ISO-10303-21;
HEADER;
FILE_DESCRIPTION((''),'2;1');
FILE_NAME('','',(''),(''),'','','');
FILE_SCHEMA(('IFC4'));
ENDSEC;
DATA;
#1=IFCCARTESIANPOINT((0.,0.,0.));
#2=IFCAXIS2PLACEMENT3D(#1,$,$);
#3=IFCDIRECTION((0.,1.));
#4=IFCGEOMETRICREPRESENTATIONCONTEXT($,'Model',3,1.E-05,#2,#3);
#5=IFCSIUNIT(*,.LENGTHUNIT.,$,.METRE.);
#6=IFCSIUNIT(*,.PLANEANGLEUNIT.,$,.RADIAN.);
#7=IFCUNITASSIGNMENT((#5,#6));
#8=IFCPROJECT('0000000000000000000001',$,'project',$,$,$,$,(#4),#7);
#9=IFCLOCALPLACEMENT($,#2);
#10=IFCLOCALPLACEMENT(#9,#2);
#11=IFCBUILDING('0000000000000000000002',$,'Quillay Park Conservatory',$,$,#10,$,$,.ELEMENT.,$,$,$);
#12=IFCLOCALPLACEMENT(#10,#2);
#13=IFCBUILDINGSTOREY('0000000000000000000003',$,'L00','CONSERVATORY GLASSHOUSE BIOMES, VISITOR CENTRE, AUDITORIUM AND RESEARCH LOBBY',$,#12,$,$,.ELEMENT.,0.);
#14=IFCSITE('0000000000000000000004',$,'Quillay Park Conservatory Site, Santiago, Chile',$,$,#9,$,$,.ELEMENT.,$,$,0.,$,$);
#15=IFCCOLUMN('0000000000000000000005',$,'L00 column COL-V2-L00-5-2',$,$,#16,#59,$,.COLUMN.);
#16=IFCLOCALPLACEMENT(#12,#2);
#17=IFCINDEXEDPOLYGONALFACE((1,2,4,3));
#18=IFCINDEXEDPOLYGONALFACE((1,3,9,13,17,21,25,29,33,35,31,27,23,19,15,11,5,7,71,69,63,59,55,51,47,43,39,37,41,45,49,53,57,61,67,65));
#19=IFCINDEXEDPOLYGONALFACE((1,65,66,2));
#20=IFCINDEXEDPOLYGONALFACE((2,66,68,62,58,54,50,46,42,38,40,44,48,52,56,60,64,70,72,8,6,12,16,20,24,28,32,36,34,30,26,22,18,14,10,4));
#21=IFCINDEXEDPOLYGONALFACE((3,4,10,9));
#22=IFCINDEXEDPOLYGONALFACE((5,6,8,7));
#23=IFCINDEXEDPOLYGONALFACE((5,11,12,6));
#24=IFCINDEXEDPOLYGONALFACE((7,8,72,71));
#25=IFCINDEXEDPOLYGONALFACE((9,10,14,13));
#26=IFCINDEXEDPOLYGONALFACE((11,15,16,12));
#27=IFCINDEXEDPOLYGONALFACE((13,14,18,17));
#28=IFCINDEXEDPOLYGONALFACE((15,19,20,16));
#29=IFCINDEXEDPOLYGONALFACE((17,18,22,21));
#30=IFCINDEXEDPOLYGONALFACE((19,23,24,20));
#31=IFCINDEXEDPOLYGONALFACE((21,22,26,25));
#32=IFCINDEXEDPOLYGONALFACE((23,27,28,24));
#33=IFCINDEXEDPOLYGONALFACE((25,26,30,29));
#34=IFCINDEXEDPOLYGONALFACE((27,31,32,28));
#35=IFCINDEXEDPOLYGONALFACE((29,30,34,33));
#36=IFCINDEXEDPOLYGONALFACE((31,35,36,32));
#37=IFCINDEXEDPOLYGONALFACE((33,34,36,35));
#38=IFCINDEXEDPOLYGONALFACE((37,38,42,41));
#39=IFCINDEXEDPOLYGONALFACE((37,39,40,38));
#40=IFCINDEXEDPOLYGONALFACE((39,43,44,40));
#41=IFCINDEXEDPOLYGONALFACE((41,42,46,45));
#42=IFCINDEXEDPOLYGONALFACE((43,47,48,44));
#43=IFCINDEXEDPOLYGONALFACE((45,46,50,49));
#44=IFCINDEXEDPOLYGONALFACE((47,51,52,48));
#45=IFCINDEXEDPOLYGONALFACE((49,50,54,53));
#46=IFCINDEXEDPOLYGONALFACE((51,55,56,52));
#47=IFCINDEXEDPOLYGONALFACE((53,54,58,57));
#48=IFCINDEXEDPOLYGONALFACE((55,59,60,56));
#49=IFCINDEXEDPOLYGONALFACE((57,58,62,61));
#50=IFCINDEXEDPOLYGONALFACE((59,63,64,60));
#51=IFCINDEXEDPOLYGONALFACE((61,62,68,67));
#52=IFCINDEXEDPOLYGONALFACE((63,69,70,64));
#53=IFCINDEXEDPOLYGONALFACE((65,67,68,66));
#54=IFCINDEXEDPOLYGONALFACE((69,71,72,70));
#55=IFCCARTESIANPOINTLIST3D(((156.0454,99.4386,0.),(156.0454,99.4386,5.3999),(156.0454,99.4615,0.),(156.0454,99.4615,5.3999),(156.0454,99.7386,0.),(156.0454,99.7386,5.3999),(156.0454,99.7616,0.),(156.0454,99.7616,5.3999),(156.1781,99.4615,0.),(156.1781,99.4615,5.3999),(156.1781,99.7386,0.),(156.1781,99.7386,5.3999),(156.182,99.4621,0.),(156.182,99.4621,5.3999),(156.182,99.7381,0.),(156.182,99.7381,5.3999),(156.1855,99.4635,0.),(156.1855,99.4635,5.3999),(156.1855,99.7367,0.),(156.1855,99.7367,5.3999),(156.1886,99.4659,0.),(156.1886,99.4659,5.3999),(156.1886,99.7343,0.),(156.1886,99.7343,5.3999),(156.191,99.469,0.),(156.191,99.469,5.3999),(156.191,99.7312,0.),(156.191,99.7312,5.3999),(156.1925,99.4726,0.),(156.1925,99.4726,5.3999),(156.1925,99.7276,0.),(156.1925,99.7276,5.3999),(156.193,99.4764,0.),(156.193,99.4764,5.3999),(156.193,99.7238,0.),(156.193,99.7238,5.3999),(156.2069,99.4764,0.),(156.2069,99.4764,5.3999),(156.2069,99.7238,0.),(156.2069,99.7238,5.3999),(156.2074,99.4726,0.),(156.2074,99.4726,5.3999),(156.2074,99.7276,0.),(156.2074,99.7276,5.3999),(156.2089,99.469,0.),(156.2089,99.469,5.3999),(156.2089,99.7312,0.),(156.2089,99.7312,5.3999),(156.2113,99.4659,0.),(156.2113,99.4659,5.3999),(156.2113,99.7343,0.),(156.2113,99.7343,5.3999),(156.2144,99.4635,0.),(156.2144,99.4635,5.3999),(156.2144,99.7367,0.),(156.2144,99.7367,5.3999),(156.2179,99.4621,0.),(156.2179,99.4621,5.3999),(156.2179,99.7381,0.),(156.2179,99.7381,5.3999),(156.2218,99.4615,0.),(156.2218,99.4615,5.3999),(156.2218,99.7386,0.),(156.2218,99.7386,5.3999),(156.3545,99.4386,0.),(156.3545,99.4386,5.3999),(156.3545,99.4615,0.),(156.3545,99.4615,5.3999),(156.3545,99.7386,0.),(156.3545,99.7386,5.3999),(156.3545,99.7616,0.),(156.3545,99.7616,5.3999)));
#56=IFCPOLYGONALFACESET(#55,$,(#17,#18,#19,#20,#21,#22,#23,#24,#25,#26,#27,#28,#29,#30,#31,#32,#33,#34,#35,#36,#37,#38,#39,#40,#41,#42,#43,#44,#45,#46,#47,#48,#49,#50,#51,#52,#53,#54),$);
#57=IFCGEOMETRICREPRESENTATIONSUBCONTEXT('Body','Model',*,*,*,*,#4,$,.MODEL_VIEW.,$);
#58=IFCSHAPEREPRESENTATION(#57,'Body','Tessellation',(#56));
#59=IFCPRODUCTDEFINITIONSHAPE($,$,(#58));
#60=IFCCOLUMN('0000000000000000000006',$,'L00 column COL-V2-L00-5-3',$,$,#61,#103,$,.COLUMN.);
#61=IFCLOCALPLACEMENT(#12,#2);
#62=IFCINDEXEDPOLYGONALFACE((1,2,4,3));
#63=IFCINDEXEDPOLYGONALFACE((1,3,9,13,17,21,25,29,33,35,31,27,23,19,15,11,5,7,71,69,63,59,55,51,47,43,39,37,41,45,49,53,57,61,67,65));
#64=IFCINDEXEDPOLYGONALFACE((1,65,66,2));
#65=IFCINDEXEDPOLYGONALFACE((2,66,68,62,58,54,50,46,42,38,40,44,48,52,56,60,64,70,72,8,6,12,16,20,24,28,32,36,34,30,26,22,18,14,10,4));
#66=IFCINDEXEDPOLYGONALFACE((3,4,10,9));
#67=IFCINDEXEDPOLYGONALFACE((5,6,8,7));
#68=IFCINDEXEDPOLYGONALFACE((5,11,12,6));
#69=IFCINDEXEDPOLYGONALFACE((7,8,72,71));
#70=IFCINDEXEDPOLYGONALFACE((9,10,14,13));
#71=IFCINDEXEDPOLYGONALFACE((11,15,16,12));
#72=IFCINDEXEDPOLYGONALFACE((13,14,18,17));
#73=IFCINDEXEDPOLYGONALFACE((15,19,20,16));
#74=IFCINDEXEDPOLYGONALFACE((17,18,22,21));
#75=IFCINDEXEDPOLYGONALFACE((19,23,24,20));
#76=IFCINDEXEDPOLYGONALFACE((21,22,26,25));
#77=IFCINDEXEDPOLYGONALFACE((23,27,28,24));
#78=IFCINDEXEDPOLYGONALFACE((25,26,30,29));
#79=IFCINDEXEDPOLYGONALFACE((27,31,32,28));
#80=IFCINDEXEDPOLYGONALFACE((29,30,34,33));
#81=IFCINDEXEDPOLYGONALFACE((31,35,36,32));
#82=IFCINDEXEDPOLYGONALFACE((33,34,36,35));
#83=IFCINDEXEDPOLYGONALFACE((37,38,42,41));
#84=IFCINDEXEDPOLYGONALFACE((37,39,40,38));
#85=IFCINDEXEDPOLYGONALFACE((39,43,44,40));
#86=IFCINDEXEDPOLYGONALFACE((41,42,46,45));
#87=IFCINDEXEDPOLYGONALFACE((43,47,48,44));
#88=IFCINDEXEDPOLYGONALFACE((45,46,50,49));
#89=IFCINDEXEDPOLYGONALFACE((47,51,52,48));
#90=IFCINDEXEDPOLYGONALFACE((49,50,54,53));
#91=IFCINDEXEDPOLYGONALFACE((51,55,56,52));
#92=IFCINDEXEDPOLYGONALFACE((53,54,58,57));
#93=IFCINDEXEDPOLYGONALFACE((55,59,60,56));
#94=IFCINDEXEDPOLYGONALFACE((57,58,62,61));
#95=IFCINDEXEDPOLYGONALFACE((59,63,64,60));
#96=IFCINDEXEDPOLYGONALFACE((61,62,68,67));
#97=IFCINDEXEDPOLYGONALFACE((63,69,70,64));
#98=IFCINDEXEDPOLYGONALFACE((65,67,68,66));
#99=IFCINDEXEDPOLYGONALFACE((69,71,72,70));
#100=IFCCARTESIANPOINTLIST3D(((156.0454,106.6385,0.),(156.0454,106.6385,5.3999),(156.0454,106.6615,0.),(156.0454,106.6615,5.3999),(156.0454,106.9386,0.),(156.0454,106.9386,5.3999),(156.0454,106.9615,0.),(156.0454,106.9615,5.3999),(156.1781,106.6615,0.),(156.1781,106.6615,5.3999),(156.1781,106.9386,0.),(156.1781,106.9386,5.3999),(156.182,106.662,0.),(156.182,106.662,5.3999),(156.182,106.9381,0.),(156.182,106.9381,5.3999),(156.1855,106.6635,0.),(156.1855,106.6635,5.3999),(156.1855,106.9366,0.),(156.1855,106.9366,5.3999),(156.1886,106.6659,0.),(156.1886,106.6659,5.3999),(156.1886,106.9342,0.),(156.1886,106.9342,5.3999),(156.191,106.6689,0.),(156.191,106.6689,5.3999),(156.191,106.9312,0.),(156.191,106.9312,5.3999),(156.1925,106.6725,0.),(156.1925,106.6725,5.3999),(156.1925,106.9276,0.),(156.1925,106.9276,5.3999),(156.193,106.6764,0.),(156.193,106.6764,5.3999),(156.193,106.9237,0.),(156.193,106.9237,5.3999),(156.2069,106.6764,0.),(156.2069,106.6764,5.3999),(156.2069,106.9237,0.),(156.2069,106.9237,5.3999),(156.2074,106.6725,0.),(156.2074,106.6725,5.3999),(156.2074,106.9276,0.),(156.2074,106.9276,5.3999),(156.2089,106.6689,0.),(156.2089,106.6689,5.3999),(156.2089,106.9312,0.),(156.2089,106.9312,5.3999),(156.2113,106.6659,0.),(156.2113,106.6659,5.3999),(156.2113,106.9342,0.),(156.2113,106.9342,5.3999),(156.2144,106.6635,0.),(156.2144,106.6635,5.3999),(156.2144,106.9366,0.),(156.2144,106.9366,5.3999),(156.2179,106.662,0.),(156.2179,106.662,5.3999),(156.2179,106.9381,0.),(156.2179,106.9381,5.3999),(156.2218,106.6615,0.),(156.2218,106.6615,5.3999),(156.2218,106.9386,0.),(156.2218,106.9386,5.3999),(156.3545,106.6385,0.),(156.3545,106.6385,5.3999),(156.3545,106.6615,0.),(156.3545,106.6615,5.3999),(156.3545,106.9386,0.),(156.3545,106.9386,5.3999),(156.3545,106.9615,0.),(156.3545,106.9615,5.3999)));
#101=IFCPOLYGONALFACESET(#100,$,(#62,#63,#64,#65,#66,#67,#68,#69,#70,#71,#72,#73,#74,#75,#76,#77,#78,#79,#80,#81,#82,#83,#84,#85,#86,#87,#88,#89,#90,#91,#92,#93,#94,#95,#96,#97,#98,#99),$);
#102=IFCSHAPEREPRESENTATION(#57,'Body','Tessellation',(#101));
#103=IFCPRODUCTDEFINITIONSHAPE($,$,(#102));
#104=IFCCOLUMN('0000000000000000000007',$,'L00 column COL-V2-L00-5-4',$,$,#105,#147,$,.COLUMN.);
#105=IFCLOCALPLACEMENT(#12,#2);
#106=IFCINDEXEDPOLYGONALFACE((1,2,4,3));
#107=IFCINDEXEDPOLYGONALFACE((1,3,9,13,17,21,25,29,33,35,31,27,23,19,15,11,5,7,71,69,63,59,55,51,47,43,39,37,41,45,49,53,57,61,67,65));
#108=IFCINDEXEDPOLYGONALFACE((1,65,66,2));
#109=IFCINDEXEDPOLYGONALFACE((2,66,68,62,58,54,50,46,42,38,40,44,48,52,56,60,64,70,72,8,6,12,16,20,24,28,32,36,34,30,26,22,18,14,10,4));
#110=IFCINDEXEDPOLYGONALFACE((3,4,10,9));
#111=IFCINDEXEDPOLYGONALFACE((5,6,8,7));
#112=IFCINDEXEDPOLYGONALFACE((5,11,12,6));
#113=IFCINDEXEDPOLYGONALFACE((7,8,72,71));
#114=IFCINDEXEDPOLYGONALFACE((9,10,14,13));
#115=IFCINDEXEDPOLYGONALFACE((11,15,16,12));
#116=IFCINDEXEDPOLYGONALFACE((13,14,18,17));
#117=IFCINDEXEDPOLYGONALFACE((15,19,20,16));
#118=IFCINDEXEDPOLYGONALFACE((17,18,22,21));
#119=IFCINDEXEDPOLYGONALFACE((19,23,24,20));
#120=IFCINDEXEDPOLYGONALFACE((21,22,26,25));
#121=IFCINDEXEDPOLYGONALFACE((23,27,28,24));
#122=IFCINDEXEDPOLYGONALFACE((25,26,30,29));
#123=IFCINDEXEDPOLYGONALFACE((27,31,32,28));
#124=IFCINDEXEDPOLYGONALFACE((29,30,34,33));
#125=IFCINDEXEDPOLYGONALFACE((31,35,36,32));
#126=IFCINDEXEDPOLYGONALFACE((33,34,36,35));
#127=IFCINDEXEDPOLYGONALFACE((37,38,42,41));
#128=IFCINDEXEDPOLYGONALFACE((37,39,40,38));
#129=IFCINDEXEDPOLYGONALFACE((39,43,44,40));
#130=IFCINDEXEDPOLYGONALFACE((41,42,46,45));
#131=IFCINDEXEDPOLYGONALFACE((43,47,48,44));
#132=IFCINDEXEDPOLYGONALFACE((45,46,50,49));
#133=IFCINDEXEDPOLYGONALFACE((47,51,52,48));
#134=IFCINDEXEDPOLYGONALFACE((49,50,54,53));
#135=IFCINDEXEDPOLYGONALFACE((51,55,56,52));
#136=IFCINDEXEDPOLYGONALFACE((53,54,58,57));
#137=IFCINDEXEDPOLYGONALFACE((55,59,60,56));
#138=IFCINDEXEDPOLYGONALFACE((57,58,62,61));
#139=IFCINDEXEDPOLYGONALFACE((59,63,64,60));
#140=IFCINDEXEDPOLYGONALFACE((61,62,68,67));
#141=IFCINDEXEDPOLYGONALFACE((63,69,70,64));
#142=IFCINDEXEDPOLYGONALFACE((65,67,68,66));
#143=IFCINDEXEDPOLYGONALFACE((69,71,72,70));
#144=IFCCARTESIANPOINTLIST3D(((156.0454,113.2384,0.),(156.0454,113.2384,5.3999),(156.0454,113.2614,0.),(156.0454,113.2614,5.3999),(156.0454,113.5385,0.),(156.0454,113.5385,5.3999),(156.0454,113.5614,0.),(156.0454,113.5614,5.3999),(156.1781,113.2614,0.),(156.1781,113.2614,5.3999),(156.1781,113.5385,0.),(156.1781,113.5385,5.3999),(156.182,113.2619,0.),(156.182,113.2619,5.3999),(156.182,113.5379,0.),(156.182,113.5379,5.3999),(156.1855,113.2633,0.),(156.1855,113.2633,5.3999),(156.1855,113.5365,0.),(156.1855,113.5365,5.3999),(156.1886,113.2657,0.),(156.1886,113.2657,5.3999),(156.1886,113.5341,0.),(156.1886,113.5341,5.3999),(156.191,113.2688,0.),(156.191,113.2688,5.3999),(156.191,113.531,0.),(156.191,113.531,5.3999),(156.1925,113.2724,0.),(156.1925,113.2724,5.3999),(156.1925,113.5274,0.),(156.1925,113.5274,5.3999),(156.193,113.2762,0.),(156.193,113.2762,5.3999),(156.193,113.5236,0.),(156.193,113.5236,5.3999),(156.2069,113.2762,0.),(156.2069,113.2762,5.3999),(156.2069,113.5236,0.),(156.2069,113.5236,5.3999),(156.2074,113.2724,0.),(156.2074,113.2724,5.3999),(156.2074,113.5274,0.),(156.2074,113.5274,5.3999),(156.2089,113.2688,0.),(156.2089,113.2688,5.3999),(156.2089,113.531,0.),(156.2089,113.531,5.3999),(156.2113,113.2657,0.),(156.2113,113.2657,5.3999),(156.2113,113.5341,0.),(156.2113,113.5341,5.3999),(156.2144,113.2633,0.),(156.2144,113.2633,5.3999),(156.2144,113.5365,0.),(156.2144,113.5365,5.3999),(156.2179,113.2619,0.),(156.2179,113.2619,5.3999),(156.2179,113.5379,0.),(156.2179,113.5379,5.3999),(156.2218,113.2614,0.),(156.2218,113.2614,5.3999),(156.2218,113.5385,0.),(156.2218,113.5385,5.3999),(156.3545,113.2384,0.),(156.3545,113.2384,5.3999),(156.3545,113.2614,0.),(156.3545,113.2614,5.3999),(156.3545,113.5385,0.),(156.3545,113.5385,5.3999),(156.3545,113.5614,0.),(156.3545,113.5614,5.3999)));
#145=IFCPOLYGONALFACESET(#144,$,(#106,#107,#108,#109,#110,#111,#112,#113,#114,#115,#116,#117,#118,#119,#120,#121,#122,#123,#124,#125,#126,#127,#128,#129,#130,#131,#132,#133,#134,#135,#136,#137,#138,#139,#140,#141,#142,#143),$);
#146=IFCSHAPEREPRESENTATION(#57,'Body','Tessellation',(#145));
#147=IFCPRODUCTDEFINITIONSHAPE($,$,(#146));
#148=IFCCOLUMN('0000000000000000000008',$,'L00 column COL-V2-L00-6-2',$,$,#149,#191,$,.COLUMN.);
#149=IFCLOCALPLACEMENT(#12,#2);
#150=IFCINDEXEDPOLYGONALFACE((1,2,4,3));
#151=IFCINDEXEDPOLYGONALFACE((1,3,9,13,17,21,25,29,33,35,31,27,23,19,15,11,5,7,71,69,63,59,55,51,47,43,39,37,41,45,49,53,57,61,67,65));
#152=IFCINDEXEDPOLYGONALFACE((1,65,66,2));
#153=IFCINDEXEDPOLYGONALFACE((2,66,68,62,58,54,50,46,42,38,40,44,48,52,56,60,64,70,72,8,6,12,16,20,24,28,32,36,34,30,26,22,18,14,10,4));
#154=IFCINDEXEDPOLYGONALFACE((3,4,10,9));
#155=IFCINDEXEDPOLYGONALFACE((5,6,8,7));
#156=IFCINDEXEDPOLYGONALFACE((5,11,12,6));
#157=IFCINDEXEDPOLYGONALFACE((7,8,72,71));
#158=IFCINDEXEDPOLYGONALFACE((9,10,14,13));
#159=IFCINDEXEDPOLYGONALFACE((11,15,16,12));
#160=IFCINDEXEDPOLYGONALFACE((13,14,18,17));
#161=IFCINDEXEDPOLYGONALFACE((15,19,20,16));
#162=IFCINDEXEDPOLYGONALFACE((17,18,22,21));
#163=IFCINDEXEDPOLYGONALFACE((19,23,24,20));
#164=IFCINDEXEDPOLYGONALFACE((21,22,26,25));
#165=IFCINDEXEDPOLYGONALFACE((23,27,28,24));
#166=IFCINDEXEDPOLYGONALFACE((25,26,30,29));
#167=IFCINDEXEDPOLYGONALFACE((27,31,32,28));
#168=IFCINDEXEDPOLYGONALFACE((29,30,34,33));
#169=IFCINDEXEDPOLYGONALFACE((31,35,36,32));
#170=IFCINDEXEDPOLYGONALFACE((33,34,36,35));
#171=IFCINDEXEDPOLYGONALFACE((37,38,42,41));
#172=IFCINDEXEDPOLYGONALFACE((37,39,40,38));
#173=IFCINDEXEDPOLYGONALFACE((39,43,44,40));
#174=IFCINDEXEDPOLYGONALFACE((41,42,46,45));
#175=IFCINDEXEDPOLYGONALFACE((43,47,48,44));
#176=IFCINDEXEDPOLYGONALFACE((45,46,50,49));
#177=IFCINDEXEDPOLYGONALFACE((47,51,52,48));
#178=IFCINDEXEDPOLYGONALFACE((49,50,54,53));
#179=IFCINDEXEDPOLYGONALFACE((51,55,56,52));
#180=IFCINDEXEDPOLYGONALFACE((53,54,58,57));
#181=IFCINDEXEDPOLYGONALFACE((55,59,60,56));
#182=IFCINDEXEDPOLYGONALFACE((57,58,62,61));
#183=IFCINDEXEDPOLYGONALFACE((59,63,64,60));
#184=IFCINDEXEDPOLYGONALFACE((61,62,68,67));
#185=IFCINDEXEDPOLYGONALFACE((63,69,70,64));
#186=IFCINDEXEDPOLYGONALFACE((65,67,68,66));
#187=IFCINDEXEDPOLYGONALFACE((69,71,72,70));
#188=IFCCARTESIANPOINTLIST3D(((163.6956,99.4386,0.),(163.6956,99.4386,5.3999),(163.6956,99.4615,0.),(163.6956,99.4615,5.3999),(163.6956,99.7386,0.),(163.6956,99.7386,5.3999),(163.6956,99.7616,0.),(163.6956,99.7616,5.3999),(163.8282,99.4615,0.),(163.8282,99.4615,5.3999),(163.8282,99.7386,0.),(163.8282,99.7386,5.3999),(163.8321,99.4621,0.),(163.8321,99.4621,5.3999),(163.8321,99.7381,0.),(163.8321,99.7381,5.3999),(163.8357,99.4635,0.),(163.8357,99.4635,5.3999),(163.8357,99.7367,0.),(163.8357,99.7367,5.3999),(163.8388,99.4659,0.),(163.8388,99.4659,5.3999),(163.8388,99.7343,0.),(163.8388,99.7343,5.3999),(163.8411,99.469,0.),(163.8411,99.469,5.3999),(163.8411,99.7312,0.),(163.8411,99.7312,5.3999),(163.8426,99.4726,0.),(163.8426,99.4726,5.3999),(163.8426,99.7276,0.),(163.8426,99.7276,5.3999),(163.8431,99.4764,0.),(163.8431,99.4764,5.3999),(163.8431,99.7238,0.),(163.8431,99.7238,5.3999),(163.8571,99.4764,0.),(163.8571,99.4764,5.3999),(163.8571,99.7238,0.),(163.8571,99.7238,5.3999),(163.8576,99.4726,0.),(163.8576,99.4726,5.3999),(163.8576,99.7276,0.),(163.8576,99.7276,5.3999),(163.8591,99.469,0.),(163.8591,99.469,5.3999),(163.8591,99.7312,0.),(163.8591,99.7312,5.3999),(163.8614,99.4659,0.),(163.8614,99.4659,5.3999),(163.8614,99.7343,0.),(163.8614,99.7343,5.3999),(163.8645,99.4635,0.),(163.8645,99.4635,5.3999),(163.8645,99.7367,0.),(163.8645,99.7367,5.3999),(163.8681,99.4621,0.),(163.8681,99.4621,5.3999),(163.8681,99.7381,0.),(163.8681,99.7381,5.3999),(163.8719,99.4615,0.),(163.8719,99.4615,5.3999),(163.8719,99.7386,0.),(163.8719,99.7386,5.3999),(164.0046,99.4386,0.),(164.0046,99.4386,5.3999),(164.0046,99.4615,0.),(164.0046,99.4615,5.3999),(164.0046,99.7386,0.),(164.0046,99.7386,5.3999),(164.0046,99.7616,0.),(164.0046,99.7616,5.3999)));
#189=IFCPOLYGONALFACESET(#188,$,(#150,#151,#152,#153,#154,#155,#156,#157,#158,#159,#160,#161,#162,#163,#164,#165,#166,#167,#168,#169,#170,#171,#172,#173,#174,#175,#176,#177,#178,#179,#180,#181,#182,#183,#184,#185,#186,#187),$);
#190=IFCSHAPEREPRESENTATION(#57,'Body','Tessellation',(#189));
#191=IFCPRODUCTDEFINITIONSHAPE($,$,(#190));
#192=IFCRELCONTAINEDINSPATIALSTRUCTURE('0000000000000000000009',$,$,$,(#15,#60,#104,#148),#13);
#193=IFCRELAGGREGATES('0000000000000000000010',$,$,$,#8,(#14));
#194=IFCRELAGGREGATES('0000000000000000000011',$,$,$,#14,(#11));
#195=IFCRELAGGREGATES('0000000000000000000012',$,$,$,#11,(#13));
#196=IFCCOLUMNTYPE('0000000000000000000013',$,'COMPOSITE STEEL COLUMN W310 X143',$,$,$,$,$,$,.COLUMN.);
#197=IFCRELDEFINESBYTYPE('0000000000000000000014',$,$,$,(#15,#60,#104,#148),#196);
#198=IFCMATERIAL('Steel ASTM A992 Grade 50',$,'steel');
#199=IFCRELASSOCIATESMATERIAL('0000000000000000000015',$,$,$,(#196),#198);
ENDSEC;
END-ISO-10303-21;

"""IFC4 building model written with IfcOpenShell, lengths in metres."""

from ifc_helpers import new_model, si_unit, direction, frame, origin, origin_2d, place, context, subcontext, project, spatial, i_section, extrude, material, material_profile, profile_set, type_object, element, save


model = new_model("IFC4")

# Units and contexts
model_context = context("Model", 3, precision=1e-05, world=origin(), true_north=direction((0.0, 1.0)))
body_context = subcontext(model_context, "Body", "Model", "MODEL_VIEW")
ifc_project = project(units=[si_unit("LENGTHUNIT", "METRE"), si_unit("PLANEANGLEUNIT", "RADIAN")], contexts=[model_context])

# Site, building, storey
site_placement = place(None, origin())
site = spatial("IfcSite", under=ifc_project, at=site_placement, Name="Quillay Park Conservatory Site, Santiago, Chile", CompositionType="ELEMENT", RefElevation=0.0)
building_placement = place(site_placement, origin())
building = spatial("IfcBuilding", under=site, at=building_placement, Name="Quillay Park Conservatory", CompositionType="ELEMENT")
storey_placement = place(building_placement, origin())
storey = spatial("IfcBuildingStorey", under=building, at=storey_placement, Name="L00", Description="CONSERVATORY GLASSHOUSE BIOMES, VISITOR CENTRE, AUDITORIUM AND RESEARCH LOBBY", CompositionType="ELEMENT", Elevation=0.0)

# Columns
ifc_material_1 = material(Name="Steel ASTM A992 Grade 50", Category="steel")
ifc_material_profile_1 = material_profile(ifc_material_1, i_section(OverallWidth=0.3091, OverallDepth=0.323, WebThickness=0.0139, FlangeThickness=0.0229, FilletRadius=0.0149, at=origin_2d()), Name="W310x143")
ifc_profile_set_1 = profile_set([ifc_material_profile_1], Name="Steel ASTM A992 Grade 50")
column_type = type_object("IfcColumnType", Name="COMPOSITE STEEL COLUMN W310 X143", PredefinedType="COLUMN", material=ifc_profile_set_1)
for number, where, z_axis, x_axis, name in (
    (1, (156.2, 99.6001, 0.0), (0.0, 0.0, 1.0), (1.0, 0.0, 0.0), "L00 column COL-V2-L00-5-2"),
    (2, (156.2, 106.8, 0.0), (0.0, 0.0, 1.0), (1.0, 0.0, 0.0), "L00 column COL-V2-L00-5-3"),
    (3, (156.2, 113.3999, 0.0), (0.0, 0.0, 1.0), (1.0, 0.0, 0.0), "L00 column COL-V2-L00-5-4"),
    (4, (163.8501, 99.6001, 0.0), (0.0, 0.0, 1.0), (1.0, 0.0, 0.0), "L00 column COL-V2-L00-6-2"),
):
    element("IfcColumn", number, at=place(storey_placement, frame(where, z_axis=z_axis, x_axis=x_axis)), inside=storey, type_object=column_type, Name=name, PredefinedType="COLUMN", context=body_context, shape_type="SweptSolid", body=[
        extrude(i_section(OverallWidth=0.3091, OverallDepth=0.323, WebThickness=0.0139, FlangeThickness=0.0229, FilletRadius=0.0149, at=origin_2d()), origin(), (0.0, 0.0, 1.0), 5.3999),
    ])

save(model, "model.ifc")
